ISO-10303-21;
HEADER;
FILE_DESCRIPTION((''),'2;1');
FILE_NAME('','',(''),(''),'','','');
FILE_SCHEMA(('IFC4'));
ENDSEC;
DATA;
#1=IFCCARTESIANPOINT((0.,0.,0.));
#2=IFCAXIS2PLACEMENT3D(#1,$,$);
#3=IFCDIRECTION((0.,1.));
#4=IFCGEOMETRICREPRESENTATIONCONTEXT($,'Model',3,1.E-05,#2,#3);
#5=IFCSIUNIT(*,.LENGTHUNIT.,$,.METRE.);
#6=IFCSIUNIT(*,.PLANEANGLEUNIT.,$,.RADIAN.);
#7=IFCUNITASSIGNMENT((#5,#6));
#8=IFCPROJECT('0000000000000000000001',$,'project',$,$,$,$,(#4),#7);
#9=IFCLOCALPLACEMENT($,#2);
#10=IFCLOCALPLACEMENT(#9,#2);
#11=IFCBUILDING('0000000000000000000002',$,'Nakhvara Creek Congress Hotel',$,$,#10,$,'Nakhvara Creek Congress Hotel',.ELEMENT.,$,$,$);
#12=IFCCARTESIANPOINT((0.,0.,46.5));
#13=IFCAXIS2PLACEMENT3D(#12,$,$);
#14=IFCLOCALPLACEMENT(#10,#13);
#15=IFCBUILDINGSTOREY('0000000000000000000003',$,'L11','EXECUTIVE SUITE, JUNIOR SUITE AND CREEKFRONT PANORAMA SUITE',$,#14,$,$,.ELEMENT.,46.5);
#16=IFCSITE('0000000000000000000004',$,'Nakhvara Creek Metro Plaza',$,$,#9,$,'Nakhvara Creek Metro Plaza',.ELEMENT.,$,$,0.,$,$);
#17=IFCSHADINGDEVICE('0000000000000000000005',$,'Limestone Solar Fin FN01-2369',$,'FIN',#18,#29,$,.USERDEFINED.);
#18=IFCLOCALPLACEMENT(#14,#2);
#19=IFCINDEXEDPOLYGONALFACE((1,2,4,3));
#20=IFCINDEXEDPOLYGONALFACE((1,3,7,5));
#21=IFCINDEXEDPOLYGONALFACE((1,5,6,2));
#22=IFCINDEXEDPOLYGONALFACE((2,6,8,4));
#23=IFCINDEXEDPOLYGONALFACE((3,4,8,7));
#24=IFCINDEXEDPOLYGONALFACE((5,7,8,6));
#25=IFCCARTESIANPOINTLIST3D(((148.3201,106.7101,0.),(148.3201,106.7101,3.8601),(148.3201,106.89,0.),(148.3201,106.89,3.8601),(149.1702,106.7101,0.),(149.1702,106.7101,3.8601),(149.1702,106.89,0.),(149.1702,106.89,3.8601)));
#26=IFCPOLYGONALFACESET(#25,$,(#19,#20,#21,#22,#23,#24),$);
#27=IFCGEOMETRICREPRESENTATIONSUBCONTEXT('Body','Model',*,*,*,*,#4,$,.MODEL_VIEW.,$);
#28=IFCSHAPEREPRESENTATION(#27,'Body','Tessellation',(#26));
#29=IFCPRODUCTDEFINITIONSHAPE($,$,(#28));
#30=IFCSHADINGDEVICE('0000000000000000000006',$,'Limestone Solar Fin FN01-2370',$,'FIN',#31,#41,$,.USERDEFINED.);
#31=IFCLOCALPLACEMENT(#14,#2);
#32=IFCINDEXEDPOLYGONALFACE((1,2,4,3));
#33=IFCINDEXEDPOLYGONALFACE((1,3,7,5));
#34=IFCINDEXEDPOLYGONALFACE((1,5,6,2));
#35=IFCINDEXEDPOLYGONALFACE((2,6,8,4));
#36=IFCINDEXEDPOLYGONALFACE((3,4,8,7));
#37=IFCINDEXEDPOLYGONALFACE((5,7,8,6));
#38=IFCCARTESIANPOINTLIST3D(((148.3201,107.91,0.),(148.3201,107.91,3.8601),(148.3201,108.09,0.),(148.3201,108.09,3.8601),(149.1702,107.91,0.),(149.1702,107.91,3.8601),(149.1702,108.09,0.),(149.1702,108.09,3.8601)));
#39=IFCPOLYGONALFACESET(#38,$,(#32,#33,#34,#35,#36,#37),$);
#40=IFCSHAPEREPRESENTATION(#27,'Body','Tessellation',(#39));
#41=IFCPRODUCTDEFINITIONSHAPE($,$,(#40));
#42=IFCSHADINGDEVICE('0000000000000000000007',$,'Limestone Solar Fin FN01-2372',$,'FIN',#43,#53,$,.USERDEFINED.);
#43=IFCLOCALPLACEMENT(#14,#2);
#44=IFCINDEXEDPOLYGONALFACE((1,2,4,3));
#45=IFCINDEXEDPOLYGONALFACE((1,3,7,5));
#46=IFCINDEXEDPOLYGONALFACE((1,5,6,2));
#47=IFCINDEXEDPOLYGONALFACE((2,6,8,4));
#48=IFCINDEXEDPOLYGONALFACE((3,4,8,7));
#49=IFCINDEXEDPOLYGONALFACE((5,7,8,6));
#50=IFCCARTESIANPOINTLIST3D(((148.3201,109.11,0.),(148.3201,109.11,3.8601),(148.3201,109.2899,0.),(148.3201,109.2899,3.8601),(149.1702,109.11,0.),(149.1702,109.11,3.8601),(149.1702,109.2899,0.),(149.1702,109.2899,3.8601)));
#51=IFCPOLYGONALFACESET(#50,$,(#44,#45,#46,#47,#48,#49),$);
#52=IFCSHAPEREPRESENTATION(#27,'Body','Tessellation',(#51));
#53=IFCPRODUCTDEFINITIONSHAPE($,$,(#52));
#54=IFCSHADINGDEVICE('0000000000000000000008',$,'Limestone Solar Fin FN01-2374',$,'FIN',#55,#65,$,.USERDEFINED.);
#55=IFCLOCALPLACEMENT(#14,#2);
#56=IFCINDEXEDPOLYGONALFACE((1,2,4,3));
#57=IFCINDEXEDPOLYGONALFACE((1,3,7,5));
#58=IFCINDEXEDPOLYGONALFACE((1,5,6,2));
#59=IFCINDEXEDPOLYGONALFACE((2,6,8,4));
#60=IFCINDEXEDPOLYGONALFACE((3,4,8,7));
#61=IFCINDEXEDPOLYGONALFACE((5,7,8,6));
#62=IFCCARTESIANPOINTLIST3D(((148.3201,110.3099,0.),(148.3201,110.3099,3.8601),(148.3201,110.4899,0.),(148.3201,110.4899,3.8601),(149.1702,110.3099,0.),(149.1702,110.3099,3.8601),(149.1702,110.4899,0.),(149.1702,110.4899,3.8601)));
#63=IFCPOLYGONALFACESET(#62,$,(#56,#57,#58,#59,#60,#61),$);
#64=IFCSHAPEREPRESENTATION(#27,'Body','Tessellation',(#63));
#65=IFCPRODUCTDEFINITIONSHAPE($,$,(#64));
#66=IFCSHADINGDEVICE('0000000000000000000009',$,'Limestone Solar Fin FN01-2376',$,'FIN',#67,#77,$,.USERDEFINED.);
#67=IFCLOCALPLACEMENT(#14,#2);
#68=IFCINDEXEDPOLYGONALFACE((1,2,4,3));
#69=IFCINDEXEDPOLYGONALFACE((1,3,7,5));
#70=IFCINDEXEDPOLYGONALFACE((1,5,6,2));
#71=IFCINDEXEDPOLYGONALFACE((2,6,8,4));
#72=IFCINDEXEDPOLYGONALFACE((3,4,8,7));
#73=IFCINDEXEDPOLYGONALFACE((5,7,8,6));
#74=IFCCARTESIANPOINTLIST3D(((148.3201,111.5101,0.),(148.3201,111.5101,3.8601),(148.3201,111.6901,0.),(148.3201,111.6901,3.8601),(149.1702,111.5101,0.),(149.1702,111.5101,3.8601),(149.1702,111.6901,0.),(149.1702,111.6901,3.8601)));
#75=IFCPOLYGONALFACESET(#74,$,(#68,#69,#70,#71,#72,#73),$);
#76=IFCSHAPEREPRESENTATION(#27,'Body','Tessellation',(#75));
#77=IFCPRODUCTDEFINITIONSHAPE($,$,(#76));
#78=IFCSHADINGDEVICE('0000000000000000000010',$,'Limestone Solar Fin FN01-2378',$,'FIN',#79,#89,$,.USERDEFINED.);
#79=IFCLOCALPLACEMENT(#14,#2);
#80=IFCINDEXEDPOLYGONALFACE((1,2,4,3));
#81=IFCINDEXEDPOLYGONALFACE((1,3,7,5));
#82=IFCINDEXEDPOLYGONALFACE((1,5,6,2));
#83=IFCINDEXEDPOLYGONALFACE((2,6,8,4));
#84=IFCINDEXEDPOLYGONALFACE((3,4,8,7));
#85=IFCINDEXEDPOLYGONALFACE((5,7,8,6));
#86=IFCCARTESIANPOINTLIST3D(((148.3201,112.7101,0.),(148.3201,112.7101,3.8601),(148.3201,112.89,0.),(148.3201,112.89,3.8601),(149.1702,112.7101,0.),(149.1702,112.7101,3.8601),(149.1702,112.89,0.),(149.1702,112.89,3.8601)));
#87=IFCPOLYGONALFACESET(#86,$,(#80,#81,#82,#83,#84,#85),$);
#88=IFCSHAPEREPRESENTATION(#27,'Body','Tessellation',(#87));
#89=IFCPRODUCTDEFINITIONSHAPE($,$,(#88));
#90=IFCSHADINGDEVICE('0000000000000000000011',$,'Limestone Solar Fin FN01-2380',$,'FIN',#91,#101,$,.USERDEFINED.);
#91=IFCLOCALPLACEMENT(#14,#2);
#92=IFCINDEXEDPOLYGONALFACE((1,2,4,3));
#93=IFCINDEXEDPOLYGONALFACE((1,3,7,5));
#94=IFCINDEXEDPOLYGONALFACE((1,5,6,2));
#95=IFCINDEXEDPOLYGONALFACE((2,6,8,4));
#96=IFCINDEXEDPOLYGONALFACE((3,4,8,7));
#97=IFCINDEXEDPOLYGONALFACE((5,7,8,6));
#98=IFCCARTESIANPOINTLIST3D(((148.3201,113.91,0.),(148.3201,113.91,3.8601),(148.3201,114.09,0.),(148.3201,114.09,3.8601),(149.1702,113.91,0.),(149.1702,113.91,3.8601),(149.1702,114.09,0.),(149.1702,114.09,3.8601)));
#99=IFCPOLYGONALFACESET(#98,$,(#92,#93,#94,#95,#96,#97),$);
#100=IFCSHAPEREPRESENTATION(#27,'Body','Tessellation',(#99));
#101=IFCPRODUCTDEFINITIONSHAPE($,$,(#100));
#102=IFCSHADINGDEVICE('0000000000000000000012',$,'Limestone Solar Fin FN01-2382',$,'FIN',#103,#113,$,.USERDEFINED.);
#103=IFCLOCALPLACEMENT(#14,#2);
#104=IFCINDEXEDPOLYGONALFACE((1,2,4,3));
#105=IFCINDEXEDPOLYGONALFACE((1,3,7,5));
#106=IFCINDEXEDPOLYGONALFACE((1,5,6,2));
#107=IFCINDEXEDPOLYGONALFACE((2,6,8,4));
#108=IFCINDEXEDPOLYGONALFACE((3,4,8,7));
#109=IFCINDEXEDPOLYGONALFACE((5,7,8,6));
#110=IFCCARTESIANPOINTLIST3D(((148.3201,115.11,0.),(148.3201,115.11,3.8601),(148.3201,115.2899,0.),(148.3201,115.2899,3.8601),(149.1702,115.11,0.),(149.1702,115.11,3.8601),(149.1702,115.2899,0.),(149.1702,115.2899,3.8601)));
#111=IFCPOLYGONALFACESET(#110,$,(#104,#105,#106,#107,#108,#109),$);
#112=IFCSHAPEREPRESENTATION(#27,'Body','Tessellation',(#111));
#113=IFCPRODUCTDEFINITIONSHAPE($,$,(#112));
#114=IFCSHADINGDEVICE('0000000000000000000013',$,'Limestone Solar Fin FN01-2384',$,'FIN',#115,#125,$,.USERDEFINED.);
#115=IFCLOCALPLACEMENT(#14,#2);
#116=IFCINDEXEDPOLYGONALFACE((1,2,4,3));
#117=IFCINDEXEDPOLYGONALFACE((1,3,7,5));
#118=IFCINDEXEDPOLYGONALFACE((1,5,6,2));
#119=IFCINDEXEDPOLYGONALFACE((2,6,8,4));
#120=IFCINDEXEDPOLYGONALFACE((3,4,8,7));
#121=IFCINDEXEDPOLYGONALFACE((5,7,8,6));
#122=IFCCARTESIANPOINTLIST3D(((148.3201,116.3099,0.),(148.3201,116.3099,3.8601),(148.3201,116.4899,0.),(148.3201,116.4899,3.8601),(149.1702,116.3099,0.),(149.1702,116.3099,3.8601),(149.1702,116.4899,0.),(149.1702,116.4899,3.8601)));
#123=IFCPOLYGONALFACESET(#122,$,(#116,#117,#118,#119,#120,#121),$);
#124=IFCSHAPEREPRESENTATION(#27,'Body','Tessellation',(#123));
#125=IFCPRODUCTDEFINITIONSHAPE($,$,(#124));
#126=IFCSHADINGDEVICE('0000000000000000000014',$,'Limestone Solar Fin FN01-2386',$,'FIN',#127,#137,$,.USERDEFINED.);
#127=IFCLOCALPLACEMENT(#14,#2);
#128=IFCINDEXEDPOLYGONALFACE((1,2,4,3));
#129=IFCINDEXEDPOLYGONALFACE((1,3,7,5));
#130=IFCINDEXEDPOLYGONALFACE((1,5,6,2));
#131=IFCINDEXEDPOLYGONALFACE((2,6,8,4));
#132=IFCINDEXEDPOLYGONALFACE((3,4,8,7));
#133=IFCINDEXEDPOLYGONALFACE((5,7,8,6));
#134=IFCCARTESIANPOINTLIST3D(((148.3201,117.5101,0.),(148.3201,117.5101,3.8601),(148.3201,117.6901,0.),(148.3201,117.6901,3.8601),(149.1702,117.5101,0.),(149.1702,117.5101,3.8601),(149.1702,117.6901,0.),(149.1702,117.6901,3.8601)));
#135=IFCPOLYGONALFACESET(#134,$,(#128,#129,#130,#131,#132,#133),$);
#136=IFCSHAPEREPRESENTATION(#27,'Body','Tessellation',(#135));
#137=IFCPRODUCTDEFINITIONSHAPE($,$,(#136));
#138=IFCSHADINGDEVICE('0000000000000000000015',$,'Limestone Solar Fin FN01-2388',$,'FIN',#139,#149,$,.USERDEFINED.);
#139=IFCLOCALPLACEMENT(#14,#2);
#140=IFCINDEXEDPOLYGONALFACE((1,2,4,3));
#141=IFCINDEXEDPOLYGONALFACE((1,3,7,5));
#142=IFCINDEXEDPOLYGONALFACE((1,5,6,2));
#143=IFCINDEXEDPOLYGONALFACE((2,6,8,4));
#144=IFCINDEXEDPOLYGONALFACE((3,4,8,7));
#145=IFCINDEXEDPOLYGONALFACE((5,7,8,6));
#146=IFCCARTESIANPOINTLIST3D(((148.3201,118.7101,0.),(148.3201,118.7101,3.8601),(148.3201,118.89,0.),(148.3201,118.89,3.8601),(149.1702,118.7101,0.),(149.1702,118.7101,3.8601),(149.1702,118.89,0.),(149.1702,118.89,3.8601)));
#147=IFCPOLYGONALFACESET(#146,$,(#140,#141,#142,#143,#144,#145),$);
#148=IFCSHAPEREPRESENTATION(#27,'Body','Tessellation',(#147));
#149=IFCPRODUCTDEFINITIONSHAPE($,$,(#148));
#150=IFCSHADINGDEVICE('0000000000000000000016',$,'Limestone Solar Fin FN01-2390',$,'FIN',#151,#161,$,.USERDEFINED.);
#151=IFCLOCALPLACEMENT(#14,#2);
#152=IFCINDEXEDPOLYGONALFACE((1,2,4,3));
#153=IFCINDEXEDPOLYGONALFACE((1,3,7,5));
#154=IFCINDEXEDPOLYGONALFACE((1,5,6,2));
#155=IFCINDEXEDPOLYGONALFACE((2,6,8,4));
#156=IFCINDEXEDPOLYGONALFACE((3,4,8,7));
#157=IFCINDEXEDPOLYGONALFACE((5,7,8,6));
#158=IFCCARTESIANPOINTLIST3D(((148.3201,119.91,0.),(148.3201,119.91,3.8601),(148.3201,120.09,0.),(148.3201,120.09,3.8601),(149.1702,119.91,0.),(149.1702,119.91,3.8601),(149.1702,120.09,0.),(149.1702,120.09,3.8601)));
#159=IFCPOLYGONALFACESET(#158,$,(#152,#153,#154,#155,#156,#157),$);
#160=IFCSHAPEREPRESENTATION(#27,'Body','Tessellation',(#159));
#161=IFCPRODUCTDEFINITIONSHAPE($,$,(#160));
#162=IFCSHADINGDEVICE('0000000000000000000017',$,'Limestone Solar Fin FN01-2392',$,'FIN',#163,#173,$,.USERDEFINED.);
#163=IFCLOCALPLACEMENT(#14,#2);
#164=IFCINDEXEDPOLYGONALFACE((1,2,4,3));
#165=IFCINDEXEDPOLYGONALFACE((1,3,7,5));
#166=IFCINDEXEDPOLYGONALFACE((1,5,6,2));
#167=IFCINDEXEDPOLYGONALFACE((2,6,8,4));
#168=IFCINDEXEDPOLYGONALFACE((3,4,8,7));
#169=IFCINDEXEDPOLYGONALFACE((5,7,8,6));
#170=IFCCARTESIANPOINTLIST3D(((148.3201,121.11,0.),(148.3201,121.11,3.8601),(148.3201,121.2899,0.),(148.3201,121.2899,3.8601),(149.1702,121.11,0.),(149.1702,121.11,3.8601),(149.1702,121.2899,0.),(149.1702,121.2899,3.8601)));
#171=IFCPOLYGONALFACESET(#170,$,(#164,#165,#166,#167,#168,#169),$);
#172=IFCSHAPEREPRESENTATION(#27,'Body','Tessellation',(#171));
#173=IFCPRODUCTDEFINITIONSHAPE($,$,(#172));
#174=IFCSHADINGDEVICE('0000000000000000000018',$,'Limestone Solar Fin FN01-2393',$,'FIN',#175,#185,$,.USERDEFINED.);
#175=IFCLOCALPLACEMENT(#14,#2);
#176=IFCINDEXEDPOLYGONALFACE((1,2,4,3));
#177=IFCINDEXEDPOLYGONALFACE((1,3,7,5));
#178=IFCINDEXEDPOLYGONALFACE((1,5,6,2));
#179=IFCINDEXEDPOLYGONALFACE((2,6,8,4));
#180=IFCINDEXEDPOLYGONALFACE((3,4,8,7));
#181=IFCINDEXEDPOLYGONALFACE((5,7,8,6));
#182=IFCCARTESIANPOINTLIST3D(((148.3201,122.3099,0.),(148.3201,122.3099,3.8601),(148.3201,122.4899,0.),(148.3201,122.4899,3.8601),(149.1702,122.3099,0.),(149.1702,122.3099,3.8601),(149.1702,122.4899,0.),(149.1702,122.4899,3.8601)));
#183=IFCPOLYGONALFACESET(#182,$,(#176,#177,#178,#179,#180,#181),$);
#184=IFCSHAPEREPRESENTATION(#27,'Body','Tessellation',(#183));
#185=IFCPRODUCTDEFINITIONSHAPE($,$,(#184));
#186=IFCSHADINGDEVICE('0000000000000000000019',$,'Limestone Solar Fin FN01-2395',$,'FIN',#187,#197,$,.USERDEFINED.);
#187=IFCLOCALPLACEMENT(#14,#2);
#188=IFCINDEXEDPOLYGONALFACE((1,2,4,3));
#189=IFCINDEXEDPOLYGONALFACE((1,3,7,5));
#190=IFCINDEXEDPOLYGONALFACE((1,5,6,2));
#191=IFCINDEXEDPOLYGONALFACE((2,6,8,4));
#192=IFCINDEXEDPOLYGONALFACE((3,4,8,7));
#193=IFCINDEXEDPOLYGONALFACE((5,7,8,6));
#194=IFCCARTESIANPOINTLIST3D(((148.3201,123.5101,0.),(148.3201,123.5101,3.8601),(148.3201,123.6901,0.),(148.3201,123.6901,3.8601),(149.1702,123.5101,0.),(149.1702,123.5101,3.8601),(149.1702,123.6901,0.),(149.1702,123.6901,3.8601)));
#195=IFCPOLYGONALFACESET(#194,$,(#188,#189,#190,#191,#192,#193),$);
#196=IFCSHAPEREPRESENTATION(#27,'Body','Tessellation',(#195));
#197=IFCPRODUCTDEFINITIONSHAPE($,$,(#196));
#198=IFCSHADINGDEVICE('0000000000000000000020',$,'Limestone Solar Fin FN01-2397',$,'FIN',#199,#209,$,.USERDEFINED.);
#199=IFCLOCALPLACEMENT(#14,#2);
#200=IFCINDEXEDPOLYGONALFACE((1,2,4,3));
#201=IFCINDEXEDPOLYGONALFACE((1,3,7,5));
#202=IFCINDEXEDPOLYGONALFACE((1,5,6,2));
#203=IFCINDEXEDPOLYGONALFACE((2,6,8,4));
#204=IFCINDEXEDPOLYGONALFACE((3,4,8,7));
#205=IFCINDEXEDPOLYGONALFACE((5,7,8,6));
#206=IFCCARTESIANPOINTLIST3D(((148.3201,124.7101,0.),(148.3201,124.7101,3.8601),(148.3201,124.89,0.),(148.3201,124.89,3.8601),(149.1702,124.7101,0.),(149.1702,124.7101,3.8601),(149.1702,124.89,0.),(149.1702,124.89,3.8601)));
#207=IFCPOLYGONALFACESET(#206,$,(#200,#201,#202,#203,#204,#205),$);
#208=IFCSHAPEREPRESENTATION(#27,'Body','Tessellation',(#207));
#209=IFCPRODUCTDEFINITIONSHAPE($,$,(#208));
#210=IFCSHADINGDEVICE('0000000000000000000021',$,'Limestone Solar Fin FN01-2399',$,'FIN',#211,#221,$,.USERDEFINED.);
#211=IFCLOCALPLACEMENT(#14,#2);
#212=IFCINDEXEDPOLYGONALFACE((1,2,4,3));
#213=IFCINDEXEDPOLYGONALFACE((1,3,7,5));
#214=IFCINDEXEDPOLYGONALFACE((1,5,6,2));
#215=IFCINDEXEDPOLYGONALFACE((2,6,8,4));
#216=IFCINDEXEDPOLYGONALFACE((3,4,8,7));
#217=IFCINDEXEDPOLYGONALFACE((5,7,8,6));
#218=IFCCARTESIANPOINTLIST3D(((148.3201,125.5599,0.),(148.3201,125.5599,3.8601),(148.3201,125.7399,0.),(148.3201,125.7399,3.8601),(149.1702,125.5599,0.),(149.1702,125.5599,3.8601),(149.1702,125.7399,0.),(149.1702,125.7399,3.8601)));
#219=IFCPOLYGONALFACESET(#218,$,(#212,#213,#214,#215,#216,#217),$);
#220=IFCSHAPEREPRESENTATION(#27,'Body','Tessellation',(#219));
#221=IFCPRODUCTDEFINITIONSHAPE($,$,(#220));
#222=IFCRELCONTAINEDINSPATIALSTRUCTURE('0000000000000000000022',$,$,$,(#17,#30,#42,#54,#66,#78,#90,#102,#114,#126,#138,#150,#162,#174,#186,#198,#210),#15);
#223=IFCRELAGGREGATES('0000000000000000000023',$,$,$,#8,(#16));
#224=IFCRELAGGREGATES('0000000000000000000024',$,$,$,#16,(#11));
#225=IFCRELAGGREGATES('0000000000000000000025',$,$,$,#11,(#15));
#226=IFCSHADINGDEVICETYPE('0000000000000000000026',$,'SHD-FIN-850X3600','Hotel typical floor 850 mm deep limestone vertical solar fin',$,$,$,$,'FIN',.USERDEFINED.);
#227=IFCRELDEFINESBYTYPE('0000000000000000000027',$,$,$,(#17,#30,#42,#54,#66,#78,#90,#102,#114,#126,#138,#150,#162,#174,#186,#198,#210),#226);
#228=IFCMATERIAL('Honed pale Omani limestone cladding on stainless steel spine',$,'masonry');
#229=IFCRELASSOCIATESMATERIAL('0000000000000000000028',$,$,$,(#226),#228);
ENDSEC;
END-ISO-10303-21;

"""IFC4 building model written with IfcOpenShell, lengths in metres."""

from ifc_helpers import new_model, si_unit, direction, frame, origin, origin_2d, place, context, subcontext, project, spatial, rectangle, extrude, material, type_object, element, save


model = new_model("IFC4")

# Units and contexts
model_context = context("Model", 3, precision=1e-05, world=origin(), true_north=direction((0.0, 1.0)))
body_context = subcontext(model_context, "Body", "Model", "MODEL_VIEW")
ifc_project = project(units=[si_unit("LENGTHUNIT", "METRE"), si_unit("PLANEANGLEUNIT", "RADIAN")], contexts=[model_context])

# Site, building, storey
site_placement = place(None, origin())
site = spatial("IfcSite", under=ifc_project, at=site_placement, Name="Nakhvara Creek Metro Plaza", LongName="Nakhvara Creek Metro Plaza", CompositionType="ELEMENT", RefElevation=0.0)
building_placement = place(site_placement, origin())
building = spatial("IfcBuilding", under=site, at=building_placement, Name="Nakhvara Creek Congress Hotel", LongName="Nakhvara Creek Congress Hotel", CompositionType="ELEMENT")
storey_placement = place(building_placement, frame((0.0, 0.0, 46.5)))
storey = spatial("IfcBuildingStorey", under=building, at=storey_placement, Name="L11", Description="EXECUTIVE SUITE, JUNIOR SUITE AND CREEKFRONT PANORAMA SUITE", CompositionType="ELEMENT", Elevation=46.5)

# Shading devices
ifc_material_1 = material(Name="Honed pale Omani limestone cladding on stainless steel spine", Category="masonry")
shading_device_type = type_object("IfcShadingDeviceType", Name="SHD-FIN-850X3600", Description="Hotel typical floor 850 mm deep limestone vertical solar fin", ElementType="FIN", PredefinedType="USERDEFINED", material=ifc_material_1)
for number, where, z_axis, x_axis, name in (
    (1, (148.7451, 106.8, 0.0), (0.0, 0.0, 1.0), (0.0, 1.0, 0.0), "Limestone Solar Fin FN01-2369"),
    (2, (148.7451, 108.0, 0.0), (0.0, 0.0, 1.0), (0.0, 1.0, 0.0), "Limestone Solar Fin FN01-2370"),
    (3, (148.7451, 109.2, 0.0), (0.0, 0.0, 1.0), (0.0, 1.0, 0.0), "Limestone Solar Fin FN01-2372"),
    (4, (148.7451, 110.3999, 0.0), (0.0, 0.0, 1.0), (0.0, 1.0, 0.0), "Limestone Solar Fin FN01-2374"),
    (5, (148.7451, 111.6001, 0.0), (0.0, 0.0, 1.0), (0.0, 1.0, 0.0), "Limestone Solar Fin FN01-2376"),
    (6, (148.7451, 112.8, 0.0), (0.0, 0.0, 1.0), (0.0, 1.0, 0.0), "Limestone Solar Fin FN01-2378"),
    (7, (148.7451, 114.0, 0.0), (0.0, 0.0, 1.0), (0.0, 1.0, 0.0), "Limestone Solar Fin FN01-2380"),
    (8, (148.7451, 115.2, 0.0), (0.0, 0.0, 1.0), (0.0, 1.0, 0.0), "Limestone Solar Fin FN01-2382"),
    (9, (148.7451, 116.3999, 0.0), (0.0, 0.0, 1.0), (0.0, 1.0, 0.0), "Limestone Solar Fin FN01-2384"),
    (10, (148.7451, 117.6001, 0.0), (0.0, 0.0, 1.0), (0.0, 1.0, 0.0), "Limestone Solar Fin FN01-2386"),
    (11, (148.7451, 118.8, 0.0), (0.0, 0.0, 1.0), (0.0, 1.0, 0.0), "Limestone Solar Fin FN01-2388"),
    (12, (148.7451, 120.0, 0.0), (0.0, 0.0, 1.0), (0.0, 1.0, 0.0), "Limestone Solar Fin FN01-2390"),
    (13, (148.7451, 121.2, 0.0), (0.0, 0.0, 1.0), (0.0, 1.0, 0.0), "Limestone Solar Fin FN01-2392"),
    (14, (148.7451, 122.3999, 0.0), (0.0, 0.0, 1.0), (0.0, 1.0, 0.0), "Limestone Solar Fin FN01-2393"),
    (15, (148.7451, 123.6001, 0.0), (0.0, 0.0, 1.0), (0.0, 1.0, 0.0), "Limestone Solar Fin FN01-2395"),
    (16, (148.7451, 124.8, 0.0), (0.0, 0.0, 1.0), (0.0, 1.0, 0.0), "Limestone Solar Fin FN01-2397"),
    (17, (148.7451, 125.6499, 0.0), (0.0, 0.0, 1.0), (0.0, 1.0, 0.0), "Limestone Solar Fin FN01-2399"),
):
    element("IfcShadingDevice", number, at=place(storey_placement, frame(where, z_axis=z_axis, x_axis=x_axis)), inside=storey, type_object=shading_device_type, Name=name, ObjectType="FIN", PredefinedType="USERDEFINED", context=body_context, shape_type="SweptSolid", body=[
        extrude(rectangle(XDim=0.1799, YDim=0.8501, at=origin_2d()), origin(), (0.0, 0.0, 1.0), 3.8601),
    ])

save(model, "model.ifc")
